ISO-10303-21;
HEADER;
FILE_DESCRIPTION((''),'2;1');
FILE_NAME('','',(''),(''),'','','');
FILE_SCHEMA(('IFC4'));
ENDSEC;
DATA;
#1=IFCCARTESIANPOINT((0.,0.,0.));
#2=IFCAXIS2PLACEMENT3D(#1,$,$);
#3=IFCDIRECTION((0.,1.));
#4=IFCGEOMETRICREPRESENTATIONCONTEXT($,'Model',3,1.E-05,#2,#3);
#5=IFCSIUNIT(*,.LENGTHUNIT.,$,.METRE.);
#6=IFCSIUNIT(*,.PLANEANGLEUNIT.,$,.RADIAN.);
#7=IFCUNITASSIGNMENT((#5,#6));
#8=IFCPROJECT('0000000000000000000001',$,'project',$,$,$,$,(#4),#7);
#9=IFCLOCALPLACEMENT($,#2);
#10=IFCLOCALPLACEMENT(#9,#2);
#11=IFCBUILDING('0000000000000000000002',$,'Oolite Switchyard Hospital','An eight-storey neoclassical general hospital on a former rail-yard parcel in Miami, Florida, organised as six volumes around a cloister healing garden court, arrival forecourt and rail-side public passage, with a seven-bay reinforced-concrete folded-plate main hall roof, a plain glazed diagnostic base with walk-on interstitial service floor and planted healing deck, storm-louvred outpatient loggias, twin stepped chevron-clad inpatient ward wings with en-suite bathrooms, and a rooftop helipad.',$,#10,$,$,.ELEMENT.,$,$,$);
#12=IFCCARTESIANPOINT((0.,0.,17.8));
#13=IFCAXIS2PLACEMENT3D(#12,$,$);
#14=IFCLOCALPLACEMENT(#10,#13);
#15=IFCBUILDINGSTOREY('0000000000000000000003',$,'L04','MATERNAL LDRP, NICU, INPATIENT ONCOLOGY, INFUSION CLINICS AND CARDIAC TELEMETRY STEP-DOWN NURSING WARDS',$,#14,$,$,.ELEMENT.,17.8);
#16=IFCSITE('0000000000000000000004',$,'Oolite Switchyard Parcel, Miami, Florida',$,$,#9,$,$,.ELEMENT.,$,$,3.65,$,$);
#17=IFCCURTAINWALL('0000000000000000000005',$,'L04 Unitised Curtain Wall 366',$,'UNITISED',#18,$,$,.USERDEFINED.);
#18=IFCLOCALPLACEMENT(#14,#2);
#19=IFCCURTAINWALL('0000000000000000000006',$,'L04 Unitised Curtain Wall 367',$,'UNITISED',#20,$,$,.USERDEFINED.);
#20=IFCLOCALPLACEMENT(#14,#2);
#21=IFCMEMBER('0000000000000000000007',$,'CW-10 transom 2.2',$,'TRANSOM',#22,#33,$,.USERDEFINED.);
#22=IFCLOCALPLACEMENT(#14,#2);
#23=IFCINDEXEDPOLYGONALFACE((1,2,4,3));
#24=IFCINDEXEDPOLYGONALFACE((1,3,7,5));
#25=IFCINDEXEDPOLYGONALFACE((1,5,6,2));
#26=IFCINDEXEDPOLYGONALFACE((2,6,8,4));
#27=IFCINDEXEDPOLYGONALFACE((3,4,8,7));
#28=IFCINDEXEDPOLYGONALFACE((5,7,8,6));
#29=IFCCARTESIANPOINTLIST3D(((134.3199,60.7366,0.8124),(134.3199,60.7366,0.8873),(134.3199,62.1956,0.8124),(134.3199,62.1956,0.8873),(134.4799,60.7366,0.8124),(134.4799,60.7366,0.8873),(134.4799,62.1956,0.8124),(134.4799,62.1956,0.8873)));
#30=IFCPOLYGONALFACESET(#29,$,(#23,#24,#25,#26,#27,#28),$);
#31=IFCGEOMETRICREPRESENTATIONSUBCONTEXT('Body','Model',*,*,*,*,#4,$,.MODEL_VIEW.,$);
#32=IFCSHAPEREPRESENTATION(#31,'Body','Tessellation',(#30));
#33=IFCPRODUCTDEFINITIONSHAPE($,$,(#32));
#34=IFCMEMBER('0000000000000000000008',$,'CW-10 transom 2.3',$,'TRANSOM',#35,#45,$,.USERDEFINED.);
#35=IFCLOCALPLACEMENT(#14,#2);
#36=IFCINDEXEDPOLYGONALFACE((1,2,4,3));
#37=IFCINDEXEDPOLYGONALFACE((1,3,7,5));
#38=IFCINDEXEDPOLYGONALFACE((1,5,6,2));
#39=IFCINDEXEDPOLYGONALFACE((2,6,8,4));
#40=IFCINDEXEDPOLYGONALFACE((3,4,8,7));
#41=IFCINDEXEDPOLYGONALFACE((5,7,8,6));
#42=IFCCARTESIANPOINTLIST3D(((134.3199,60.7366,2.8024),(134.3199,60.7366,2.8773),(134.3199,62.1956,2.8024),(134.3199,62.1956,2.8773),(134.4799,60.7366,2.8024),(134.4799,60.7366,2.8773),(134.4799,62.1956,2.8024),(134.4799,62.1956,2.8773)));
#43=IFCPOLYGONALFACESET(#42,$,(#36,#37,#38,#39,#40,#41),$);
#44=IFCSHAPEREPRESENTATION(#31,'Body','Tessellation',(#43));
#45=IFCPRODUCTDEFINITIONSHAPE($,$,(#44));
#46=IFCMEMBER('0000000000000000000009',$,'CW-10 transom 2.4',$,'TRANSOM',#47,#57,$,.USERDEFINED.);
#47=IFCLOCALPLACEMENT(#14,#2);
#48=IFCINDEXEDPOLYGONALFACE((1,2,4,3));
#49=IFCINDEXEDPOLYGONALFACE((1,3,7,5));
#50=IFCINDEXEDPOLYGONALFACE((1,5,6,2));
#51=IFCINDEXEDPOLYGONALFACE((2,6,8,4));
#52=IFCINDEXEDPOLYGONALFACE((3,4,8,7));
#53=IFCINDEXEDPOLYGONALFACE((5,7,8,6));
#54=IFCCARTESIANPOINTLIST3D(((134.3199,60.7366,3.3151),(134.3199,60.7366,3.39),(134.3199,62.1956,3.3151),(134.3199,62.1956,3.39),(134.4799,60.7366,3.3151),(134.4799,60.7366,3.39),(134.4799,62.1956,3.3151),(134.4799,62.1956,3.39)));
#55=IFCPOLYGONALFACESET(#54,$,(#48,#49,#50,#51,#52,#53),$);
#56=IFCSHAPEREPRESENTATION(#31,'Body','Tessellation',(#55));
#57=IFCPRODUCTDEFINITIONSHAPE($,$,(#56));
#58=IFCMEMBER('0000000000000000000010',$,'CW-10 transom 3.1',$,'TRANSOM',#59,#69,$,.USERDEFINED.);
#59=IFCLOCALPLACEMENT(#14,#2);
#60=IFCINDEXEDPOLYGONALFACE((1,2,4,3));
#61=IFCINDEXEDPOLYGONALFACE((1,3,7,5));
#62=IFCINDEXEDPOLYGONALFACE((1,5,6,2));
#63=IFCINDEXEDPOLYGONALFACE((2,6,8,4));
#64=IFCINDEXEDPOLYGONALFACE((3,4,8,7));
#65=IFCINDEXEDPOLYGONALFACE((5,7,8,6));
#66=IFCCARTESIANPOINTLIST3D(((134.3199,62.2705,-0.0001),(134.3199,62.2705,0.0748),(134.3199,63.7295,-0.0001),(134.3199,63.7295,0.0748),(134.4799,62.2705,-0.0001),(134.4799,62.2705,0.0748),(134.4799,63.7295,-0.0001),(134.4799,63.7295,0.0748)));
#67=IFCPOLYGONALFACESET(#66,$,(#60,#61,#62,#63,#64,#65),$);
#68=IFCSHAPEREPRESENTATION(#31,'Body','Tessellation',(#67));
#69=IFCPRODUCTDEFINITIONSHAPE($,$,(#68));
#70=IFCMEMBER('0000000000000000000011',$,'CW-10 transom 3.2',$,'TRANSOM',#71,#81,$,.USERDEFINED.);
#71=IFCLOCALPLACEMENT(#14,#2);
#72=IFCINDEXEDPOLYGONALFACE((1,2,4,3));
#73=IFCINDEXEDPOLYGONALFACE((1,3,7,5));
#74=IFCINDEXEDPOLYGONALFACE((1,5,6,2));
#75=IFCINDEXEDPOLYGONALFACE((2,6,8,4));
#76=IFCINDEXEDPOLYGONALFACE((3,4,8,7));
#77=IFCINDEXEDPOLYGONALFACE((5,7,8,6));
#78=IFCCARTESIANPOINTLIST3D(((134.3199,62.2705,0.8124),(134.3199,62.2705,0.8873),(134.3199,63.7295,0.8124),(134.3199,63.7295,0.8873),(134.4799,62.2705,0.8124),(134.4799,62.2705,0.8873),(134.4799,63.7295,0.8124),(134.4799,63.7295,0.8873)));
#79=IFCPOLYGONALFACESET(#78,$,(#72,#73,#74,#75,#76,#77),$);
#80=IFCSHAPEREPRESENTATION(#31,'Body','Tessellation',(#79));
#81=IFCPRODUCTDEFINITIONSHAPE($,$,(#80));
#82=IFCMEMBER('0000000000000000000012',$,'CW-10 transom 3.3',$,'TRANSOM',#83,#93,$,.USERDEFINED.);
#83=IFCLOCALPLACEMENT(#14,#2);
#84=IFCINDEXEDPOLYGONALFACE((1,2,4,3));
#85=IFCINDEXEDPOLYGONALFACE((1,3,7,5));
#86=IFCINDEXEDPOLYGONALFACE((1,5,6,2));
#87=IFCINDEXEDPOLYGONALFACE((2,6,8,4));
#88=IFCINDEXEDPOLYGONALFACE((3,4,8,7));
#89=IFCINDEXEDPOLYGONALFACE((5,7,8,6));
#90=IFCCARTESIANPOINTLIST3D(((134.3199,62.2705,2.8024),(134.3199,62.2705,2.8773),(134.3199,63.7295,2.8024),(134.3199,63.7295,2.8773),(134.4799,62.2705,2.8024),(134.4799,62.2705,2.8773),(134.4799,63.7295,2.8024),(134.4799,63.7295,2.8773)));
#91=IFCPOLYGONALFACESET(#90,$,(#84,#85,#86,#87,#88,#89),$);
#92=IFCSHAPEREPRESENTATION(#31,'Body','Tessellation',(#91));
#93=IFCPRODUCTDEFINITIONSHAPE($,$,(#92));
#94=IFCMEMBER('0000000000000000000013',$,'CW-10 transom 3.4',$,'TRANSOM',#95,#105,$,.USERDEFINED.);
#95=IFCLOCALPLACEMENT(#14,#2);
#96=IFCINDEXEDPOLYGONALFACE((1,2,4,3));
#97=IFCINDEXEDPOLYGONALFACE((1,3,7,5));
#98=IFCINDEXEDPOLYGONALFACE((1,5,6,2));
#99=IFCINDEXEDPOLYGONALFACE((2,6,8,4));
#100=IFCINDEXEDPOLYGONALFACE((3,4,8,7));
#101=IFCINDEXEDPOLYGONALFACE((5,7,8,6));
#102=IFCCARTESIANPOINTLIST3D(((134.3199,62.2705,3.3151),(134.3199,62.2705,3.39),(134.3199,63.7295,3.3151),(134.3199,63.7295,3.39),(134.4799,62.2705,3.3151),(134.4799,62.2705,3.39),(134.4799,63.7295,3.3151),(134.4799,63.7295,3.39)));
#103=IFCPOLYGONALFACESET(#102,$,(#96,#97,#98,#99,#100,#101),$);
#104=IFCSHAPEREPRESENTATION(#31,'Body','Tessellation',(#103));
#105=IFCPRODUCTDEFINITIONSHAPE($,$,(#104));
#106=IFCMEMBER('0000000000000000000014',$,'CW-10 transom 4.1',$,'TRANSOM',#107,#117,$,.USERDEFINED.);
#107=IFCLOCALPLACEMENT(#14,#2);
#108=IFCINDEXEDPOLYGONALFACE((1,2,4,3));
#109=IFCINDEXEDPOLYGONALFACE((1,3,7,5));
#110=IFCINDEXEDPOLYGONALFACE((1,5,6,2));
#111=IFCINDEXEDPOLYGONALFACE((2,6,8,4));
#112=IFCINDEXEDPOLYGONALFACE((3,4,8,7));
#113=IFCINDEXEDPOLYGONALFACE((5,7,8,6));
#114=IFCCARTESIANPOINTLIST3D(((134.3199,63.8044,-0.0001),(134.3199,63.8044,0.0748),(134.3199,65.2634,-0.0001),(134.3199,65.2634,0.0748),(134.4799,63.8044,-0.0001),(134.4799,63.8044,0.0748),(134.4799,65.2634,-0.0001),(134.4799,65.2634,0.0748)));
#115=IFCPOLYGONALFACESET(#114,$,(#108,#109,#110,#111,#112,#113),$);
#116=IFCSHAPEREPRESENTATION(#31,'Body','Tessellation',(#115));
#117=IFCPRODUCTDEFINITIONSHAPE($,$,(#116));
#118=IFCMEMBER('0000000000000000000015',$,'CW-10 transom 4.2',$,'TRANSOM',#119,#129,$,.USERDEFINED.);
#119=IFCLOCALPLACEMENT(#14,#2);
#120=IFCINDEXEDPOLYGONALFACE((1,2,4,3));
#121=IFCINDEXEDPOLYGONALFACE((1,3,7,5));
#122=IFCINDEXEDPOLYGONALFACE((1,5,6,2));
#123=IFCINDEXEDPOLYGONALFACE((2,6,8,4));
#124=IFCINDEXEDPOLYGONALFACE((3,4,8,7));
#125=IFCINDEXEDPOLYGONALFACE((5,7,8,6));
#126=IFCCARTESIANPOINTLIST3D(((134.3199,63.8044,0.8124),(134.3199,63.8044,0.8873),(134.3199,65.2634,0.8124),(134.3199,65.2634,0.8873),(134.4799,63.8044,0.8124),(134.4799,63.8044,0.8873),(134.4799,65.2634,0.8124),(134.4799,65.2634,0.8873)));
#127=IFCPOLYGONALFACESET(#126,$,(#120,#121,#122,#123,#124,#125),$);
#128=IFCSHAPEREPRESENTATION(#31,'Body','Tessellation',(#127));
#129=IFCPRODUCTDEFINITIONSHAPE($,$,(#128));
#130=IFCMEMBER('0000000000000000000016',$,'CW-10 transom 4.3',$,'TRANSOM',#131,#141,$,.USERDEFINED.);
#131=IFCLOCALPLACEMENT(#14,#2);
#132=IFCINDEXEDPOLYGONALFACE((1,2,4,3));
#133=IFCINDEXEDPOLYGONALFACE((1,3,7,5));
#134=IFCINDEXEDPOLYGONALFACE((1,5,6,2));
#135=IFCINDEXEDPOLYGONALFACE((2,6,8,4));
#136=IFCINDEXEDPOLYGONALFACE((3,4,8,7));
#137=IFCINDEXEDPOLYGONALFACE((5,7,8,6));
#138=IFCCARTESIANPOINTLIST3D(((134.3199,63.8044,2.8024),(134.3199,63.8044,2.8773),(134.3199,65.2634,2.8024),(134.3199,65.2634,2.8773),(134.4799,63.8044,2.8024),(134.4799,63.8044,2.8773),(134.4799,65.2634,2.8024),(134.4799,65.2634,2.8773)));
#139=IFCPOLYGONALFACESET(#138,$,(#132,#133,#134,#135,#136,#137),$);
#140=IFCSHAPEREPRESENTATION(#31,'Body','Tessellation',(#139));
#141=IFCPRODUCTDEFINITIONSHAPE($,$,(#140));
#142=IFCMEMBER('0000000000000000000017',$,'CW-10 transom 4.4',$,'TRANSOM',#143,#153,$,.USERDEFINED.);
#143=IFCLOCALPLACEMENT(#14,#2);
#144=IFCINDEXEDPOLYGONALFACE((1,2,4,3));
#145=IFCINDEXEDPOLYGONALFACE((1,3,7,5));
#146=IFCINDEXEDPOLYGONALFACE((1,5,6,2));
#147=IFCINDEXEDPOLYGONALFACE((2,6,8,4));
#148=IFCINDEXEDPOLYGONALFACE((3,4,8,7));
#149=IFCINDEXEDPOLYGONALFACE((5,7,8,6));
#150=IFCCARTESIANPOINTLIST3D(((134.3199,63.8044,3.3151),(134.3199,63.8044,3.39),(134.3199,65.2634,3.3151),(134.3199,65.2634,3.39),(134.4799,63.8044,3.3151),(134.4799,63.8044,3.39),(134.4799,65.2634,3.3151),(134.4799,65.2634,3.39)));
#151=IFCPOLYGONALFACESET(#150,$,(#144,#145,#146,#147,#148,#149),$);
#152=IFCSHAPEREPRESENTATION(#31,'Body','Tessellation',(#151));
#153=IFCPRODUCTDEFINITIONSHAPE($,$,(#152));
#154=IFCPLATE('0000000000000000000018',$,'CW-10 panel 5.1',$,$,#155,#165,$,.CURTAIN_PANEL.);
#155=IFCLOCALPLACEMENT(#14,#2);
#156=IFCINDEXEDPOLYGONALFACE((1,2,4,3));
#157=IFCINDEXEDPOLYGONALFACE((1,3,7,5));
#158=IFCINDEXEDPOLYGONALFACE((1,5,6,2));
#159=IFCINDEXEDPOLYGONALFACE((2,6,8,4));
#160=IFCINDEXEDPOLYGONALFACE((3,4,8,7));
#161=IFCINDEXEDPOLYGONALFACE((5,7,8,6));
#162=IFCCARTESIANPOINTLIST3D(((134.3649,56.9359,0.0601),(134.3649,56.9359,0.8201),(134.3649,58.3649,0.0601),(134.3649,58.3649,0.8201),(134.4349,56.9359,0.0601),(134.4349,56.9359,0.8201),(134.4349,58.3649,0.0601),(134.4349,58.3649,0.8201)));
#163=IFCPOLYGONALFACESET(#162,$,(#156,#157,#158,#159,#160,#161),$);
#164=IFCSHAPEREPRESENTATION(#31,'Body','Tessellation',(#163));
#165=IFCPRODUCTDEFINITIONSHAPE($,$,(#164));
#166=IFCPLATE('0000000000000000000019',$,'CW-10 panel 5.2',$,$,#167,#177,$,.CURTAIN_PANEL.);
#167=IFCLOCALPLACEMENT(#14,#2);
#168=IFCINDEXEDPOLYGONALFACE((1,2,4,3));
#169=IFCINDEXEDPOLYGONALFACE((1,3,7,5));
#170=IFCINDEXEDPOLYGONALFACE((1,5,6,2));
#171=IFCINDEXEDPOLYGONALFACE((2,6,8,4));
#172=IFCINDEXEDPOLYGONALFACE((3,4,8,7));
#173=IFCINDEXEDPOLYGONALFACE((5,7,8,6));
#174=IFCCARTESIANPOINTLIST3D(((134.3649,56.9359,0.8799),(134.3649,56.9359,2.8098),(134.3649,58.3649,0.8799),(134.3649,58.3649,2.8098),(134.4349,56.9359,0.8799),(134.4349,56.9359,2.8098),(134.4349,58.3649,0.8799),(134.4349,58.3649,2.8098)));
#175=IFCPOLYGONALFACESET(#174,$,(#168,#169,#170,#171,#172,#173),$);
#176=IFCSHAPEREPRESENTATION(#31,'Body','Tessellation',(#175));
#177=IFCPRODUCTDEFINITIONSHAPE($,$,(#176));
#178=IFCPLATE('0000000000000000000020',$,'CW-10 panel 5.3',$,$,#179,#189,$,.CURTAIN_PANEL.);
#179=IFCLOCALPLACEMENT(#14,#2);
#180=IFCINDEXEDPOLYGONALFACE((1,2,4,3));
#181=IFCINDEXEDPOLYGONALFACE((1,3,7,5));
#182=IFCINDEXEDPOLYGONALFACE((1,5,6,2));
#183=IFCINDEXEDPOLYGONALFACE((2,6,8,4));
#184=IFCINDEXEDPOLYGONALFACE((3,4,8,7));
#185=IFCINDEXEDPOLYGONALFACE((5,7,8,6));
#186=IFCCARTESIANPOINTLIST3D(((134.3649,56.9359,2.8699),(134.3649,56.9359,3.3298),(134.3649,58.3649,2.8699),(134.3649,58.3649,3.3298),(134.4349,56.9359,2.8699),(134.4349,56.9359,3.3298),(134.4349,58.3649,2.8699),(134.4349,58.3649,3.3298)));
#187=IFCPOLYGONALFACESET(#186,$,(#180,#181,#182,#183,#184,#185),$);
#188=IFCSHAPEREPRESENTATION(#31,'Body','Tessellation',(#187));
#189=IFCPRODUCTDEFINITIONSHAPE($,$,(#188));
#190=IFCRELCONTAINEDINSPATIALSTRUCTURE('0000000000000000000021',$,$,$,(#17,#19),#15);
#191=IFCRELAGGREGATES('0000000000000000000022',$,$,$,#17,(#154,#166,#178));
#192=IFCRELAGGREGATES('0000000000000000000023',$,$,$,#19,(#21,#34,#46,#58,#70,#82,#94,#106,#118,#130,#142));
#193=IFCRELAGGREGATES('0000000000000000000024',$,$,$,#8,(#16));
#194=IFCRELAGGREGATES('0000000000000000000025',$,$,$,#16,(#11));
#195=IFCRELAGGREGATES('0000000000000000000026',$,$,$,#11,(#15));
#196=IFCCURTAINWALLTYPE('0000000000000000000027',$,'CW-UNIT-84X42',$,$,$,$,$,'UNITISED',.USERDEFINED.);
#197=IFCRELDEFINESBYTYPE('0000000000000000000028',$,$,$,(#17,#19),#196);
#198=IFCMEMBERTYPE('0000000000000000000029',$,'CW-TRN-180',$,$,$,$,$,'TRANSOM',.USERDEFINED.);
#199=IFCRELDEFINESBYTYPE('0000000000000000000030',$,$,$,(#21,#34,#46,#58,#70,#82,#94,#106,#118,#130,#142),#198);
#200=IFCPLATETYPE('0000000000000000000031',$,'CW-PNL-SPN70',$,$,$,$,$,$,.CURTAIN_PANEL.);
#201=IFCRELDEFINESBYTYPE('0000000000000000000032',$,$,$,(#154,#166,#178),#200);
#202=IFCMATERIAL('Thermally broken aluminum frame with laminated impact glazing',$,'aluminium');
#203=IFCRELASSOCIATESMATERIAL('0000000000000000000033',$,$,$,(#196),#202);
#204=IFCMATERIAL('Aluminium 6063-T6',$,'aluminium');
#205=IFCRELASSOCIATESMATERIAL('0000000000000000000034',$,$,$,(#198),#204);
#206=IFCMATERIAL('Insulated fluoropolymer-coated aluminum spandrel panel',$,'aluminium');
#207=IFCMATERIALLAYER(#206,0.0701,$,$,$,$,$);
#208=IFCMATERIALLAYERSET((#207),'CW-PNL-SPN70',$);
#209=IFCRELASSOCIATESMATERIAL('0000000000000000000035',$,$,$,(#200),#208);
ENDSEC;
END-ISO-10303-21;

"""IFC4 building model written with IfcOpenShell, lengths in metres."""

from ifc_helpers import new_model, si_unit, direction, frame, origin, origin_2d, place, context, subcontext, project, spatial, rectangle, extrude, material, layer, layer_set, material_profile, profile_set, type_object, element, aggregate, save


model = new_model("IFC4")

# Units and contexts
model_context = context("Model", 3, precision=1e-05, world=origin(), true_north=direction((0.0, 1.0)))
body_context = subcontext(model_context, "Body", "Model", "MODEL_VIEW")
ifc_project = project(units=[si_unit("LENGTHUNIT", "METRE"), si_unit("PLANEANGLEUNIT", "RADIAN")], contexts=[model_context])

# Site, building, storey
site_placement = place(None, origin())
site = spatial("IfcSite", under=ifc_project, at=site_placement, Name="Oolite Switchyard Parcel, Miami, Florida", CompositionType="ELEMENT", RefElevation=3.65)
building_placement = place(site_placement, origin())
building = spatial("IfcBuilding", under=site, at=building_placement, Name="Oolite Switchyard Hospital", Description="An eight-storey neoclassical general hospital on a former rail-yard parcel in Miami, Florida, organised as six volumes around a cloister healing garden court, arrival forecourt and rail-side public passage, with a seven-bay reinforced-concrete folded-plate main hall roof, a plain glazed diagnostic base with walk-on interstitial service floor and planted healing deck, storm-louvred outpatient loggias, twin stepped chevron-clad inpatient ward wings with en-suite bathrooms, and a rooftop helipad.", CompositionType="ELEMENT")
storey_placement = place(building_placement, frame((0.0, 0.0, 17.8)))
storey = spatial("IfcBuildingStorey", under=building, at=storey_placement, Name="L04", Description="MATERNAL LDRP, NICU, INPATIENT ONCOLOGY, INFUSION CLINICS AND CARDIAC TELEMETRY STEP-DOWN NURSING WARDS", CompositionType="ELEMENT", Elevation=17.8)

# Curtain wall
ifc_material_1 = material(Name="Thermally broken aluminum frame with laminated impact glazing", Category="aluminium")
curtain_wall_type = type_object("IfcCurtainWallType", Name="CW-UNIT-84X42", ElementType="UNITISED", PredefinedType="USERDEFINED", material=ifc_material_1)
curtain_wall_1_placement = place(storey_placement, origin())
curtain_wall_1 = element("IfcCurtainWall", 1, at=curtain_wall_1_placement, inside=storey, type_object=curtain_wall_type, Name="L04 Unitised Curtain Wall 366", ObjectType="UNITISED", PredefinedType="USERDEFINED")
ifc_material_2 = material(Name="Aluminium 6063-T6", Category="aluminium")

# Curtain wall
curtain_wall_2_placement = place(storey_placement, origin())
curtain_wall_2 = element("IfcCurtainWall", 2, at=curtain_wall_2_placement, inside=storey, type_object=curtain_wall_type, Name="L04 Unitised Curtain Wall 367", ObjectType="UNITISED", PredefinedType="USERDEFINED")

# Members
ifc_material_profile_1 = material_profile(ifc_material_2, rectangle(XDim=0.1599, YDim=0.075, at=origin_2d()), Name="CWT75X160")
ifc_profile_set_1 = profile_set([ifc_material_profile_1], Name="Aluminium 6063-T6")
member_type_1 = type_object("IfcMemberType", Name="CW-TRN-180", ElementType="TRANSOM", PredefinedType="USERDEFINED", material=ifc_profile_set_1)
member_1_placement = place(storey_placement, frame((134.3999, 60.7366, 0.8499), z_axis=(0.0, 1.0, 0.0), x_axis=(-1.0, 0.0, 0.0)))
member_1 = element("IfcMember", 3, at=member_1_placement, type_object=member_type_1, Name="CW-10 transom 2.2", ObjectType="TRANSOM", PredefinedType="USERDEFINED", context=body_context, shape_type="SweptSolid", body=[
    extrude(rectangle(XDim=0.1599, YDim=0.075, at=origin_2d()), origin(), (0.0, 0.0, 1.0), 1.459),
])
member_2_placement = place(storey_placement, frame((134.3999, 60.7366, 2.8398), z_axis=(0.0, 1.0, 0.0), x_axis=(-1.0, 0.0, 0.0)))
member_2 = element("IfcMember", 4, at=member_2_placement, type_object=member_type_1, Name="CW-10 transom 2.3", ObjectType="TRANSOM", PredefinedType="USERDEFINED", context=body_context, shape_type="SweptSolid", body=[
    extrude(rectangle(XDim=0.1599, YDim=0.075, at=origin_2d()), origin(), (0.0, 0.0, 1.0), 1.459),
])
member_3_placement = place(storey_placement, frame((134.3999, 60.7366, 3.3525), z_axis=(0.0, 1.0, 0.0), x_axis=(-1.0, 0.0, 0.0)))
member_3 = element("IfcMember", 5, at=member_3_placement, type_object=member_type_1, Name="CW-10 transom 2.4", ObjectType="TRANSOM", PredefinedType="USERDEFINED", context=body_context, shape_type="SweptSolid", body=[
    extrude(rectangle(XDim=0.1599, YDim=0.075, at=origin_2d()), origin(), (0.0, 0.0, 1.0), 1.459),
])
member_4_placement = place(storey_placement, frame((134.3999, 62.2705, 0.0374), z_axis=(0.0, 1.0, 0.0), x_axis=(-1.0, 0.0, 0.0)))
member_4 = element("IfcMember", 6, at=member_4_placement, type_object=member_type_1, Name="CW-10 transom 3.1", ObjectType="TRANSOM", PredefinedType="USERDEFINED", context=body_context, shape_type="SweptSolid", body=[
    extrude(rectangle(XDim=0.1599, YDim=0.075, at=origin_2d()), origin(), (0.0, 0.0, 1.0), 1.459),
])
member_5_placement = place(storey_placement, frame((134.3999, 62.2705, 0.8499), z_axis=(0.0, 1.0, 0.0), x_axis=(-1.0, 0.0, 0.0)))
member_5 = element("IfcMember", 7, at=member_5_placement, type_object=member_type_1, Name="CW-10 transom 3.2", ObjectType="TRANSOM", PredefinedType="USERDEFINED", context=body_context, shape_type="SweptSolid", body=[
    extrude(rectangle(XDim=0.1599, YDim=0.075, at=origin_2d()), origin(), (0.0, 0.0, 1.0), 1.459),
])
member_6_placement = place(storey_placement, frame((134.3999, 62.2705, 2.8398), z_axis=(0.0, 1.0, 0.0), x_axis=(-1.0, 0.0, 0.0)))
member_6 = element("IfcMember", 8, at=member_6_placement, type_object=member_type_1, Name="CW-10 transom 3.3", ObjectType="TRANSOM", PredefinedType="USERDEFINED", context=body_context, shape_type="SweptSolid", body=[
    extrude(rectangle(XDim=0.1599, YDim=0.075, at=origin_2d()), origin(), (0.0, 0.0, 1.0), 1.459),
])
member_7_placement = place(storey_placement, frame((134.3999, 62.2705, 3.3525), z_axis=(0.0, 1.0, 0.0), x_axis=(-1.0, 0.0, 0.0)))
member_7 = element("IfcMember", 9, at=member_7_placement, type_object=member_type_1, Name="CW-10 transom 3.4", ObjectType="TRANSOM", PredefinedType="USERDEFINED", context=body_context, shape_type="SweptSolid", body=[
    extrude(rectangle(XDim=0.1599, YDim=0.075, at=origin_2d()), origin(), (0.0, 0.0, 1.0), 1.459),
])
member_8_placement = place(storey_placement, frame((134.3999, 63.8044, 0.0374), z_axis=(0.0, 1.0, 0.0), x_axis=(-1.0, 0.0, 0.0)))
member_8 = element("IfcMember", 10, at=member_8_placement, type_object=member_type_1, Name="CW-10 transom 4.1", ObjectType="TRANSOM", PredefinedType="USERDEFINED", context=body_context, shape_type="SweptSolid", body=[
    extrude(rectangle(XDim=0.1599, YDim=0.075, at=origin_2d()), origin(), (0.0, 0.0, 1.0), 1.459),
])
member_9_placement = place(storey_placement, frame((134.3999, 63.8044, 0.8499), z_axis=(0.0, 1.0, 0.0), x_axis=(-1.0, 0.0, 0.0)))
member_9 = element("IfcMember", 11, at=member_9_placement, type_object=member_type_1, Name="CW-10 transom 4.2", ObjectType="TRANSOM", PredefinedType="USERDEFINED", context=body_context, shape_type="SweptSolid", body=[
    extrude(rectangle(XDim=0.1599, YDim=0.075, at=origin_2d()), origin(), (0.0, 0.0, 1.0), 1.459),
])
member_10_placement = place(storey_placement, frame((134.3999, 63.8044, 2.8398), z_axis=(0.0, 1.0, 0.0), x_axis=(-1.0, 0.0, 0.0)))
member_10 = element("IfcMember", 12, at=member_10_placement, type_object=member_type_1, Name="CW-10 transom 4.3", ObjectType="TRANSOM", PredefinedType="USERDEFINED", context=body_context, shape_type="SweptSolid", body=[
    extrude(rectangle(XDim=0.1599, YDim=0.075, at=origin_2d()), origin(), (0.0, 0.0, 1.0), 1.459),
])
member_11_placement = place(storey_placement, frame((134.3999, 63.8044, 3.3525), z_axis=(0.0, 1.0, 0.0), x_axis=(-1.0, 0.0, 0.0)))
member_11 = element("IfcMember", 13, at=member_11_placement, type_object=member_type_1, Name="CW-10 transom 4.4", ObjectType="TRANSOM", PredefinedType="USERDEFINED", context=body_context, shape_type="SweptSolid", body=[
    extrude(rectangle(XDim=0.1599, YDim=0.075, at=origin_2d()), origin(), (0.0, 0.0, 1.0), 1.459),
])

# Plates
ifc_material_3 = material(Name="Insulated fluoropolymer-coated aluminum spandrel panel", Category="aluminium")
ifc_layer_1 = layer(ifc_material_3, 0.0701)
ifc_layer_set_1 = layer_set([ifc_layer_1], Name="CW-PNL-SPN70")
plate_type_1 = type_object("IfcPlateType", Name="CW-PNL-SPN70", PredefinedType="CURTAIN_PANEL", material=ifc_layer_set_1)
plate_1_placement = place(storey_placement, frame((134.3999, 57.6504, 0.0601), z_axis=(0.0, 0.0, 1.0), x_axis=(0.0, 1.0, 0.0)))
plate_1 = element("IfcPlate", 14, at=plate_1_placement, type_object=plate_type_1, Name="CW-10 panel 5.1", PredefinedType="CURTAIN_PANEL", context=body_context, shape_type="SweptSolid", body=[
    extrude(rectangle(XDim=1.429, YDim=0.0701, at=origin_2d()), origin(), (0.0, 0.0, 1.0), 0.76),
])
plate_2_placement = place(storey_placement, frame((134.3999, 57.6504, 0.8799), z_axis=(0.0, 0.0, 1.0), x_axis=(0.0, 1.0, 0.0)))
plate_2 = element("IfcPlate", 15, at=plate_2_placement, type_object=plate_type_1, Name="CW-10 panel 5.2", PredefinedType="CURTAIN_PANEL", context=body_context, shape_type="SweptSolid", body=[
    extrude(rectangle(XDim=1.429, YDim=0.0701, at=origin_2d()), origin(), (0.0, 0.0, 1.0), 1.9299),
])
plate_3_placement = place(storey_placement, frame((134.3999, 57.6504, 2.8699), z_axis=(0.0, 0.0, 1.0), x_axis=(0.0, 1.0, 0.0)))
plate_3 = element("IfcPlate", 16, at=plate_3_placement, type_object=plate_type_1, Name="CW-10 panel 5.3", PredefinedType="CURTAIN_PANEL", context=body_context, shape_type="SweptSolid", body=[
    extrude(rectangle(XDim=1.429, YDim=0.0701, at=origin_2d()), origin(), (0.0, 0.0, 1.0), 0.46),
])
aggregate(curtain_wall_1, [plate_1, plate_2, plate_3])
aggregate(curtain_wall_2, [member_1, member_2, member_3, member_4, member_5, member_6, member_7, member_8, member_9, member_10, member_11])

save(model, "model.ifc")
